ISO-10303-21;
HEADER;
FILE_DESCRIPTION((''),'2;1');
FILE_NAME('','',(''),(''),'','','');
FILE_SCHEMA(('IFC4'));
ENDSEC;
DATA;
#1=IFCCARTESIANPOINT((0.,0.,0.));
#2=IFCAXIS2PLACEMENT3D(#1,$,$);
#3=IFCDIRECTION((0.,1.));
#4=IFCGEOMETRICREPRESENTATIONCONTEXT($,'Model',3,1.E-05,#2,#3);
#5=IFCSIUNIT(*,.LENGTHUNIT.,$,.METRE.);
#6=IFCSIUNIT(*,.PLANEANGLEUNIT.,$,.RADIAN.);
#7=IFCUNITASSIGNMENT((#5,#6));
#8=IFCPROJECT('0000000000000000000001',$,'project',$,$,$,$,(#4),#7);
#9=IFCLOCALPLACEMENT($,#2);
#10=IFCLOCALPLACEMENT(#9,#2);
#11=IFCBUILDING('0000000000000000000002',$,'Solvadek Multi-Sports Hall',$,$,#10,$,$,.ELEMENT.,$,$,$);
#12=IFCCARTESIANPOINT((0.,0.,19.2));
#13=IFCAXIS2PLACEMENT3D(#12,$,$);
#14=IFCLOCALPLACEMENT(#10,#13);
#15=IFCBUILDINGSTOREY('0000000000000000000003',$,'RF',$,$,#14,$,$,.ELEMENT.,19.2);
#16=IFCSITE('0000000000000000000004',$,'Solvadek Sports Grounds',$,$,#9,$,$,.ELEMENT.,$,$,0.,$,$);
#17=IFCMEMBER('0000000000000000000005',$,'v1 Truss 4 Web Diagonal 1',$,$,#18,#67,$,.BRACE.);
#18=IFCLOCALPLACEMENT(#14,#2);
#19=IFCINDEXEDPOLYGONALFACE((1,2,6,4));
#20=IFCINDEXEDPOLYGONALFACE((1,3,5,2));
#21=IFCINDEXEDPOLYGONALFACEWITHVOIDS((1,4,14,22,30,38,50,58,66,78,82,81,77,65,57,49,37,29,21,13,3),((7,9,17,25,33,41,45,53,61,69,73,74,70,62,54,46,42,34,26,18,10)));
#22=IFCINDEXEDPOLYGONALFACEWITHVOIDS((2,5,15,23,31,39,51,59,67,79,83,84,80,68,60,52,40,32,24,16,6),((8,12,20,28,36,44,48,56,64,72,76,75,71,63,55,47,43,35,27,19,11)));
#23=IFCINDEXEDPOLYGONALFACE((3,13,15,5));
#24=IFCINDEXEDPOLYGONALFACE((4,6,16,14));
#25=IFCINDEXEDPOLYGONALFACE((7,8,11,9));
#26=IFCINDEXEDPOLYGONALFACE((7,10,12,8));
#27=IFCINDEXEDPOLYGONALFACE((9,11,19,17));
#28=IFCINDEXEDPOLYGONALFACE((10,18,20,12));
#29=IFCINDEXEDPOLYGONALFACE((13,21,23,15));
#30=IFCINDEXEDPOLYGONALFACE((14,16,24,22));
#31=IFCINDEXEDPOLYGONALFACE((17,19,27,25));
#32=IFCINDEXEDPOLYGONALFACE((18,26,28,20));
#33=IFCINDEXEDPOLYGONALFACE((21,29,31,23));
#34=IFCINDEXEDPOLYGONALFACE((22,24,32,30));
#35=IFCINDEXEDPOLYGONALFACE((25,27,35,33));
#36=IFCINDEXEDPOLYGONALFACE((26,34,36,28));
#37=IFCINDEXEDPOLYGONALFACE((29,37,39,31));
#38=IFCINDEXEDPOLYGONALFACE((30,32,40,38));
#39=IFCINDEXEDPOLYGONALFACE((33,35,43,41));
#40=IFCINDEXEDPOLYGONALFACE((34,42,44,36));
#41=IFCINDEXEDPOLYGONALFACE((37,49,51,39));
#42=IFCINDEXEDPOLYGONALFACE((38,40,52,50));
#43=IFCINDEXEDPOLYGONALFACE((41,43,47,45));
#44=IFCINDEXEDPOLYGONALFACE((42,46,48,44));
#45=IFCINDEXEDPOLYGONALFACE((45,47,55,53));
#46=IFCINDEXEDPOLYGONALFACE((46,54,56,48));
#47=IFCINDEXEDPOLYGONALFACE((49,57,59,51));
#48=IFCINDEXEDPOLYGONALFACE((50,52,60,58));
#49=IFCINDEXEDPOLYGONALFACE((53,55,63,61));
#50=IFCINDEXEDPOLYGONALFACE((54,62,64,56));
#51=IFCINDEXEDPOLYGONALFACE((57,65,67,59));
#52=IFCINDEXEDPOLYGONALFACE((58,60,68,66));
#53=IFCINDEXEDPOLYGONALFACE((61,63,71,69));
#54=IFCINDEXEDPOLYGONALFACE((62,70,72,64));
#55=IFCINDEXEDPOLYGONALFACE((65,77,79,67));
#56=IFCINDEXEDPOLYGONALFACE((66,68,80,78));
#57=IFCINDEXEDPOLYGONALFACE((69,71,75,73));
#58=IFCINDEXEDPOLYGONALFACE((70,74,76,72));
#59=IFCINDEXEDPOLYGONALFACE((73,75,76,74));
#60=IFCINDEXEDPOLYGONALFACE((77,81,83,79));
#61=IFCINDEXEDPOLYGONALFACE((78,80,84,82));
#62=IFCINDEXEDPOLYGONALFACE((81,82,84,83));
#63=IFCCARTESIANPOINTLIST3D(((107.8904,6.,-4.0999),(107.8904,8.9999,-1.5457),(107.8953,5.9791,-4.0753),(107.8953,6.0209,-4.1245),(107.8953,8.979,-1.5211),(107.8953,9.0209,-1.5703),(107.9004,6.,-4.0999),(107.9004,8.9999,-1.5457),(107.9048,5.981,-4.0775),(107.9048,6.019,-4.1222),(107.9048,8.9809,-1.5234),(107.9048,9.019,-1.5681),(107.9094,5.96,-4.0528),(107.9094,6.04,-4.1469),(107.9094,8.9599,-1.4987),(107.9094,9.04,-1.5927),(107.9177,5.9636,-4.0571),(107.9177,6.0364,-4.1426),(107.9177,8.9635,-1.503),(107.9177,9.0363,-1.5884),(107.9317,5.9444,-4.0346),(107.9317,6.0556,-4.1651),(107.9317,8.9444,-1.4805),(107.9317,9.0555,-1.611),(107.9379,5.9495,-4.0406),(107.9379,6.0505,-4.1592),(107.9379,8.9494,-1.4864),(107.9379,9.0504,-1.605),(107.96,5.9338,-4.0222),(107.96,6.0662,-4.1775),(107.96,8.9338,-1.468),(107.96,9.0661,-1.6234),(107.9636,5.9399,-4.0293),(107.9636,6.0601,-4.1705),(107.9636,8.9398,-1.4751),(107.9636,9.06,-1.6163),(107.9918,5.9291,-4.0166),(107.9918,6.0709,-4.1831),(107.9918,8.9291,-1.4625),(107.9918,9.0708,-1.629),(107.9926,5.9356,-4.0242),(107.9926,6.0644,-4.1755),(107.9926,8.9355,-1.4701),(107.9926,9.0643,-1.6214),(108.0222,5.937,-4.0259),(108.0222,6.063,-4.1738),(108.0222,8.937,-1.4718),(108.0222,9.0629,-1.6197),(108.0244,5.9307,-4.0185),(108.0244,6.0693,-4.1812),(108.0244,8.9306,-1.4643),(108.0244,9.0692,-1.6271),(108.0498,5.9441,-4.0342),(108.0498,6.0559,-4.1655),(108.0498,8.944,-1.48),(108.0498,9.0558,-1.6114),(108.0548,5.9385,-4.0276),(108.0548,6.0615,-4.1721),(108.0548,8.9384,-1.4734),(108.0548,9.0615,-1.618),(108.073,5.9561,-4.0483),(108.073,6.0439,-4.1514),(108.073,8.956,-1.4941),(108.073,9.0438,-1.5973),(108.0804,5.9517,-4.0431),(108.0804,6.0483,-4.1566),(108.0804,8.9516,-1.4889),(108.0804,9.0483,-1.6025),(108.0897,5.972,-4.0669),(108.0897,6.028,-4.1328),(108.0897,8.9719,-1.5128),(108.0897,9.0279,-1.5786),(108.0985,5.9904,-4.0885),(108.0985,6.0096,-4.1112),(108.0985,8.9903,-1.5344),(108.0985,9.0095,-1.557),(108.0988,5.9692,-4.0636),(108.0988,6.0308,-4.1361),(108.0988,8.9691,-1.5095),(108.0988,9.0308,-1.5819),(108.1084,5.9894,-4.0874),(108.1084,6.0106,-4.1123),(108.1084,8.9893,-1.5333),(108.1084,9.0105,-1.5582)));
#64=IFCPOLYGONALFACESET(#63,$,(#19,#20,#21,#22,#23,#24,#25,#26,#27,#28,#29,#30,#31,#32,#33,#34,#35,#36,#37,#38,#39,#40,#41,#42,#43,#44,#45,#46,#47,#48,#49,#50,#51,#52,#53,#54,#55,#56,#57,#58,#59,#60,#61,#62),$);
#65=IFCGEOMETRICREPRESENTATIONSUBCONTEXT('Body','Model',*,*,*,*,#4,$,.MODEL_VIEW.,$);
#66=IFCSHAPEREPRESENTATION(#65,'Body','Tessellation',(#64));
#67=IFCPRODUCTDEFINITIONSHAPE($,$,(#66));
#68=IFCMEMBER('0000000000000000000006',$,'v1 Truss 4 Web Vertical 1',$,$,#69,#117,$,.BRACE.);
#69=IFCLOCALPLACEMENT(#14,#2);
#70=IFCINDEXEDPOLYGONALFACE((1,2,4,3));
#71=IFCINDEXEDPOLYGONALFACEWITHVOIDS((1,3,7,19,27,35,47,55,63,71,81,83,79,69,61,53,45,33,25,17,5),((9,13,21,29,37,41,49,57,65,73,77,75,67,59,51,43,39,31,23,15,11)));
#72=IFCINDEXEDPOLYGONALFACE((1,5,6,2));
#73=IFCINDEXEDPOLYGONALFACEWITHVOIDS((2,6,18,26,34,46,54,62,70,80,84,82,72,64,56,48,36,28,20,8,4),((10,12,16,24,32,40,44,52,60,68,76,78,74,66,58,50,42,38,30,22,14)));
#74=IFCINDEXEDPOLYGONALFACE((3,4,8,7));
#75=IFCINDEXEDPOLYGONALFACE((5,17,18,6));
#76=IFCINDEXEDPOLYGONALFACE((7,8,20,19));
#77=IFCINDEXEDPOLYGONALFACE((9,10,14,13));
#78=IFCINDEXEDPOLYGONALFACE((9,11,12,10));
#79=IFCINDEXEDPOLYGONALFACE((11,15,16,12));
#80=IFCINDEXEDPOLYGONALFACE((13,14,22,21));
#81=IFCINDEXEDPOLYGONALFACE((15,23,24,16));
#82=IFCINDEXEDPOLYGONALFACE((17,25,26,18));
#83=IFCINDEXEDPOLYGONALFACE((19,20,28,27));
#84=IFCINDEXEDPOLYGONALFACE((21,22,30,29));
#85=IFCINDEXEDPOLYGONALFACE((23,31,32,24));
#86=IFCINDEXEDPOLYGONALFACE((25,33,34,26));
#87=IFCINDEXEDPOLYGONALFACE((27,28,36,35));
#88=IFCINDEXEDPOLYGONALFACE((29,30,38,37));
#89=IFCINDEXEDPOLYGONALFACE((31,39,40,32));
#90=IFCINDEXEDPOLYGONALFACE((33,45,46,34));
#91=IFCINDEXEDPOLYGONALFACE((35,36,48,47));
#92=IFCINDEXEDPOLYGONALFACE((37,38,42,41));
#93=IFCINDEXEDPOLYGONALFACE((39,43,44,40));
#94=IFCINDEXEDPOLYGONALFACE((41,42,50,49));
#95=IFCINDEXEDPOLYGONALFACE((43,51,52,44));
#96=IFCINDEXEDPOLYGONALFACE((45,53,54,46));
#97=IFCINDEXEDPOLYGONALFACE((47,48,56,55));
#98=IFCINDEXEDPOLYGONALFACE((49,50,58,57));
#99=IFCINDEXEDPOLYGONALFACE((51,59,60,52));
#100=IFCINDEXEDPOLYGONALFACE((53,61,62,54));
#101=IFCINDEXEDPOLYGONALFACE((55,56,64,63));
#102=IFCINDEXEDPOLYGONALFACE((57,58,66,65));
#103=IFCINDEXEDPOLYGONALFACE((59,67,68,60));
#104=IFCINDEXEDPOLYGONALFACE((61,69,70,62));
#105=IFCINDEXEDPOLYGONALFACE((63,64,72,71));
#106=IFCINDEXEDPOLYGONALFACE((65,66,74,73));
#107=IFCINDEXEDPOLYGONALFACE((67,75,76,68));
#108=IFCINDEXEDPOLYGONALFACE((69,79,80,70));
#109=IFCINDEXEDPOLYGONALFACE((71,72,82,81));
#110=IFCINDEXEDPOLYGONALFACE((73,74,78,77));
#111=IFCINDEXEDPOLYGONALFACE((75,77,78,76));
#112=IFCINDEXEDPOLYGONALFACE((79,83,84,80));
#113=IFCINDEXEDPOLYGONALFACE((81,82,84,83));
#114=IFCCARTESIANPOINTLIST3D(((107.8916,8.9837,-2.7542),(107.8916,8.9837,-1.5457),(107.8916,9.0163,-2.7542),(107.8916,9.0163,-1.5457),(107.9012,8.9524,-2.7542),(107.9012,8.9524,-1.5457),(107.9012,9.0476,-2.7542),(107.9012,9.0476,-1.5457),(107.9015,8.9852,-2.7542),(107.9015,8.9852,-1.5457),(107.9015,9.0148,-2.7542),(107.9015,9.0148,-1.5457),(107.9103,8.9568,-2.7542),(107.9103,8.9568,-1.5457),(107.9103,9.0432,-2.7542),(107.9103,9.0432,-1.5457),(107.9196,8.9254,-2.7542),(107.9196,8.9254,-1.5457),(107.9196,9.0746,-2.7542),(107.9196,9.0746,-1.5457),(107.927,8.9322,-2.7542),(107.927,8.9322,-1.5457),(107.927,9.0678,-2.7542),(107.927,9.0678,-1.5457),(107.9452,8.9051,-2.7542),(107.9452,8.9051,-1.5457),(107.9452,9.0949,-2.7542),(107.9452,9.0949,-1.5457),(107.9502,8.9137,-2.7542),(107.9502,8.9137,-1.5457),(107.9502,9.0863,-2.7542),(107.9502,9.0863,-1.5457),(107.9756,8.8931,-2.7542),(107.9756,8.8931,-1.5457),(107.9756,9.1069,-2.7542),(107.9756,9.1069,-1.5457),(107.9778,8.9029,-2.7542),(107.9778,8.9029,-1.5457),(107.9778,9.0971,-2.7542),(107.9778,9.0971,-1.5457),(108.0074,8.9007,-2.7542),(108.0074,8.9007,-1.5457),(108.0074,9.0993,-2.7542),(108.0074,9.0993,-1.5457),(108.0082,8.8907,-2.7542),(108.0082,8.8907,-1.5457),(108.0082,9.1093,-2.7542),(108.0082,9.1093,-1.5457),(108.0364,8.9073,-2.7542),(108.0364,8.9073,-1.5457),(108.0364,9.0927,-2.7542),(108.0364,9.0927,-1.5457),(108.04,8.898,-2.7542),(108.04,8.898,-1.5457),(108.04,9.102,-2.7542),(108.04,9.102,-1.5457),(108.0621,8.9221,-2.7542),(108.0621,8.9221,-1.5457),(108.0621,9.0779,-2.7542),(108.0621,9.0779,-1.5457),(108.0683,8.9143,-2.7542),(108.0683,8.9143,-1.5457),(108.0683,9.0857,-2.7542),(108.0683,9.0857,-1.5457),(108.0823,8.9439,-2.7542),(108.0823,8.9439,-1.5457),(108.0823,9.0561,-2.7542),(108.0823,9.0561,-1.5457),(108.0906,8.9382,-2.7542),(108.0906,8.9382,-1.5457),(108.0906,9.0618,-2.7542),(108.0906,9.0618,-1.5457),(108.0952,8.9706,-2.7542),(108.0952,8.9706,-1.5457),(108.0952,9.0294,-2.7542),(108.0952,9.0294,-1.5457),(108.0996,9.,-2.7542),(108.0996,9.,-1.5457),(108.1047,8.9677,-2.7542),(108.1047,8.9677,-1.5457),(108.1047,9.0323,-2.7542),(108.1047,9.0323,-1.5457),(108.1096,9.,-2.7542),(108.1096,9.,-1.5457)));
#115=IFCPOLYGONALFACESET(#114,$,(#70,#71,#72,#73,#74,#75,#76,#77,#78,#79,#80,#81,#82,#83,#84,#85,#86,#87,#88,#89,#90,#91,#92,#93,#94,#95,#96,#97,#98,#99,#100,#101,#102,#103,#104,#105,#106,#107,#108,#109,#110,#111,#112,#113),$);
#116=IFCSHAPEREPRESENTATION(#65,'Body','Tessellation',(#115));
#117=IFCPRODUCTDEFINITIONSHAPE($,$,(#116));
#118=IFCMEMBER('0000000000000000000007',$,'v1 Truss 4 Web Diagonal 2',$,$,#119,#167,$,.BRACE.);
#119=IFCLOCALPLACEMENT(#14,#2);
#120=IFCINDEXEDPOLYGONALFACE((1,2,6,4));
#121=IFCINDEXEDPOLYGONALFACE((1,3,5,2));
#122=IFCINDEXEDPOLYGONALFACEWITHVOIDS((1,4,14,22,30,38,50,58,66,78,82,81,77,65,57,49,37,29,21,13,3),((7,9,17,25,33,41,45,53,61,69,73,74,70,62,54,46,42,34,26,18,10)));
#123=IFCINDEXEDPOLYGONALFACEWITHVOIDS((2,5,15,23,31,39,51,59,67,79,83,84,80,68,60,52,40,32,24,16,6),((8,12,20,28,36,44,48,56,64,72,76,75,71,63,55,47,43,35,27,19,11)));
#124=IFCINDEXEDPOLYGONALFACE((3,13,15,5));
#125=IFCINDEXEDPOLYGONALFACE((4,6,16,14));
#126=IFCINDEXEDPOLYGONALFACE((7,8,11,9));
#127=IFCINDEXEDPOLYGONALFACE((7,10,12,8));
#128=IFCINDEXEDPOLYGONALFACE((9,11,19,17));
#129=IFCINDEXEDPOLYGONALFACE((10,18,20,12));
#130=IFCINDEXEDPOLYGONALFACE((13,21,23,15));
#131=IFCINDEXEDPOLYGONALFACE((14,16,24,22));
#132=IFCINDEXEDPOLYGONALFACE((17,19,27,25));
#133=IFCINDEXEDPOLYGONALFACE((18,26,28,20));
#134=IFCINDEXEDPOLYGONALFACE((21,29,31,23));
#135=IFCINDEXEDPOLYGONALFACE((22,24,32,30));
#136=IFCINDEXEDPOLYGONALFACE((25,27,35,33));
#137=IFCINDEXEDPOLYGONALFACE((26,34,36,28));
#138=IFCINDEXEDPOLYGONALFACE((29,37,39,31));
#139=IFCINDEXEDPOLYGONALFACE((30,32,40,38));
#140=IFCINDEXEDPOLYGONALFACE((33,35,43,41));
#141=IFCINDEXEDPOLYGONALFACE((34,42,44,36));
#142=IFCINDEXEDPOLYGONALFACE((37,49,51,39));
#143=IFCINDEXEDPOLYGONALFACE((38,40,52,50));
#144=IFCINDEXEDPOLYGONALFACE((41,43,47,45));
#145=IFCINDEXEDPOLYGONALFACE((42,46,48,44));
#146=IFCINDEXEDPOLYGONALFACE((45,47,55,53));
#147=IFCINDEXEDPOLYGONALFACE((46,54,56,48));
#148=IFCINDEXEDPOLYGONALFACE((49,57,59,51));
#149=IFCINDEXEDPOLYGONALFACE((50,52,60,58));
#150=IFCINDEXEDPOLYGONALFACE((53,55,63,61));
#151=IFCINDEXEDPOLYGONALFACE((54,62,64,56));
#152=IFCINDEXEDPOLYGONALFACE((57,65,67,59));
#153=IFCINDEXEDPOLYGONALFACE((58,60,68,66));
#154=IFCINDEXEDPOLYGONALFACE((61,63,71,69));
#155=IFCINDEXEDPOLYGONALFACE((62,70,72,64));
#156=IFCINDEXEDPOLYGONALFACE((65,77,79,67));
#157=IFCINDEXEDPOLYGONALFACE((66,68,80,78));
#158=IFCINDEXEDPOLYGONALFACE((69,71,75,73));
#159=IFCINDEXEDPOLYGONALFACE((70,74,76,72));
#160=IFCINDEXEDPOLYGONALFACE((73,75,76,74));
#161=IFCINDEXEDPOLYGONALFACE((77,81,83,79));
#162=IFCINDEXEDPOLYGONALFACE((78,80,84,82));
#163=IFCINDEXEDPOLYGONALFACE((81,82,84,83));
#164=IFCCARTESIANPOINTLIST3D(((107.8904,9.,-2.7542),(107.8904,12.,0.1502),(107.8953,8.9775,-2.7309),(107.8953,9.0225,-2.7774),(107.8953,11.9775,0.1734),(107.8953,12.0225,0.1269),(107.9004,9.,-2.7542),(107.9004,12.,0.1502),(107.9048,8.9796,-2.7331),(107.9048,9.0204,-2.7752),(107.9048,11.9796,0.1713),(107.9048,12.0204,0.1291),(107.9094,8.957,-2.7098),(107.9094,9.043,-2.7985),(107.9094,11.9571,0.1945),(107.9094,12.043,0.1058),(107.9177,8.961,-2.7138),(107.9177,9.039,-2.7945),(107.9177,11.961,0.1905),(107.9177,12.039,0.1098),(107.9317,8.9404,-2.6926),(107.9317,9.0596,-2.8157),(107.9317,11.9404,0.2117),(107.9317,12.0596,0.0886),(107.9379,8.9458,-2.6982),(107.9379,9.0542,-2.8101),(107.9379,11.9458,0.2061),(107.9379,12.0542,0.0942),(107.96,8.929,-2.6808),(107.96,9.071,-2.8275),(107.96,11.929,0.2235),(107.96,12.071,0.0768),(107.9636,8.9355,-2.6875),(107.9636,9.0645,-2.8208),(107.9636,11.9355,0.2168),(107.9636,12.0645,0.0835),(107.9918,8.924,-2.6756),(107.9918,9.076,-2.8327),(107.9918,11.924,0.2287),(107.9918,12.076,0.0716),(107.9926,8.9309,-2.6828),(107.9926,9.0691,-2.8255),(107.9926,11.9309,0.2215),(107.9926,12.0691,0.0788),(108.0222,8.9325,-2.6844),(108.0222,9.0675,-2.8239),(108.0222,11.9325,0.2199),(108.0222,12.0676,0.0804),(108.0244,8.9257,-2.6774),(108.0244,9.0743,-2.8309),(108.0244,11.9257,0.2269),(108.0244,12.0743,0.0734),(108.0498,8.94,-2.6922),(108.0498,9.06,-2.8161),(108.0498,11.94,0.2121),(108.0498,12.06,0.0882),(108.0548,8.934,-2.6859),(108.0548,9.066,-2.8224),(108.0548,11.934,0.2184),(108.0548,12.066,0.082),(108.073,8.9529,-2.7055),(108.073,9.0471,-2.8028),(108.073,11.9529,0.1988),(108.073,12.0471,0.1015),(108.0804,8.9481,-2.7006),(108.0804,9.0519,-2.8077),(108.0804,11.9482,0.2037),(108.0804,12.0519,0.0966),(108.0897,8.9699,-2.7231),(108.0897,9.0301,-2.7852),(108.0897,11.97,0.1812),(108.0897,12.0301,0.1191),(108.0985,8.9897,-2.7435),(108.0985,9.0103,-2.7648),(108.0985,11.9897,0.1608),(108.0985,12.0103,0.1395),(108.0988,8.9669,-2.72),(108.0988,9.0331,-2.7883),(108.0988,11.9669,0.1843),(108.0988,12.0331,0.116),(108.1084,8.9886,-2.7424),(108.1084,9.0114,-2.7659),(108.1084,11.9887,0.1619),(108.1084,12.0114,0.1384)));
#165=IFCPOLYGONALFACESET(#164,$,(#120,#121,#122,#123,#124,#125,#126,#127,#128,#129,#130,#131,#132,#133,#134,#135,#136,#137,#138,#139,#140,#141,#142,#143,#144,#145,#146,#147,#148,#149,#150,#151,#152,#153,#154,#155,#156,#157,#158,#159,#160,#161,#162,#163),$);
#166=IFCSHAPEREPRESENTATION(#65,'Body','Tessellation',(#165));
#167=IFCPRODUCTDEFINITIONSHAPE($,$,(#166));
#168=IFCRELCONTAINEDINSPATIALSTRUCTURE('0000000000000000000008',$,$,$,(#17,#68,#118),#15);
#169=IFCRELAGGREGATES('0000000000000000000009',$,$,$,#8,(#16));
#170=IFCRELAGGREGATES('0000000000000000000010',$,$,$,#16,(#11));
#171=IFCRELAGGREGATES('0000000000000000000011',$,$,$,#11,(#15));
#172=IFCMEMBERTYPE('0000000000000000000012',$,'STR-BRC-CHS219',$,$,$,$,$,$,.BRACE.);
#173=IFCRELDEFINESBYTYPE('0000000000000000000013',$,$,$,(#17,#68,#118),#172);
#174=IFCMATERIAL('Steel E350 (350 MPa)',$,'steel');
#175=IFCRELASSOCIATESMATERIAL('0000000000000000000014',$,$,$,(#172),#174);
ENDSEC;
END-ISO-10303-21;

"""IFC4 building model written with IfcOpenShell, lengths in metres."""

from ifc_helpers import new_model, si_unit, direction, frame, origin, origin_2d, place, context, subcontext, project, spatial, hollow_circle, extrude, material, material_profile, profile_set, type_object, element, save


model = new_model("IFC4")

# Units and contexts
model_context = context("Model", 3, precision=1e-05, world=origin(), true_north=direction((0.0, 1.0)))
body_context = subcontext(model_context, "Body", "Model", "MODEL_VIEW")
ifc_project = project(units=[si_unit("LENGTHUNIT", "METRE"), si_unit("PLANEANGLEUNIT", "RADIAN")], contexts=[model_context])

# Site, building, storey
site_placement = place(None, origin())
site = spatial("IfcSite", under=ifc_project, at=site_placement, Name="Solvadek Sports Grounds", CompositionType="ELEMENT", RefElevation=0.0)
building_placement = place(site_placement, origin())
building = spatial("IfcBuilding", under=site, at=building_placement, Name="Solvadek Multi-Sports Hall", CompositionType="ELEMENT")
storey_placement = place(building_placement, frame((0.0, 0.0, 19.2)))
storey = spatial("IfcBuildingStorey", under=building, at=storey_placement, Name="RF", CompositionType="ELEMENT", Elevation=19.2)

# Shared definitions
ifc_material_1 = material(Name="Steel E350 (350 MPa)", Category="steel")

# Members
ifc_material_profile_1 = material_profile(ifc_material_1, hollow_circle(Radius=0.1096, WallThickness=0.01, at=origin_2d()), Name="CHS 219.1x10")
ifc_profile_set_1 = profile_set([ifc_material_profile_1], Name="Steel E350 (350 MPa)")
member_type_1 = type_object("IfcMemberType", Name="STR-BRC-CHS219", PredefinedType="BRACE", material=ifc_profile_set_1)
member_1_placement = place(storey_placement, frame((108.0, 6.0, -4.0999), z_axis=(0.0, 0.761413, 0.648267), x_axis=(-1.0, 0.0, 0.0)))
element("IfcMember", 1, at=member_1_placement, inside=storey, type_object=member_type_1, Name="v1 Truss 4 Web Diagonal 1", PredefinedType="BRACE", context=body_context, shape_type="SweptSolid", body=[
    extrude(hollow_circle(Radius=0.1096, WallThickness=0.01, at=origin_2d()), origin(), (0.0, 0.0, 1.0), 3.9399),
])
member_2_placement = place(storey_placement, frame((108.0, 9.0, -2.7542), z_axis=(0.0, 0.0, 1.0), x_axis=(1.0, 0.0, 0.0)))
element("IfcMember", 2, at=member_2_placement, inside=storey, type_object=member_type_1, Name="v1 Truss 4 Web Vertical 1", PredefinedType="BRACE", context=body_context, shape_type="SweptSolid", body=[
    extrude(hollow_circle(Radius=0.1096, WallThickness=0.01, at=origin_2d()), origin(), (0.0, 0.0, 1.0), 1.2085),
])
member_3_placement = place(storey_placement, frame((108.0, 9.0, -2.7542), z_axis=(0.0, 0.718474, 0.695554), x_axis=(-1.0, 0.0, 0.0)))
element("IfcMember", 3, at=member_3_placement, inside=storey, type_object=member_type_1, Name="v1 Truss 4 Web Diagonal 2", PredefinedType="BRACE", context=body_context, shape_type="SweptSolid", body=[
    extrude(hollow_circle(Radius=0.1096, WallThickness=0.01, at=origin_2d()), origin(), (0.0, 0.0, 1.0), 4.1755),
])

save(model, "model.ifc")
